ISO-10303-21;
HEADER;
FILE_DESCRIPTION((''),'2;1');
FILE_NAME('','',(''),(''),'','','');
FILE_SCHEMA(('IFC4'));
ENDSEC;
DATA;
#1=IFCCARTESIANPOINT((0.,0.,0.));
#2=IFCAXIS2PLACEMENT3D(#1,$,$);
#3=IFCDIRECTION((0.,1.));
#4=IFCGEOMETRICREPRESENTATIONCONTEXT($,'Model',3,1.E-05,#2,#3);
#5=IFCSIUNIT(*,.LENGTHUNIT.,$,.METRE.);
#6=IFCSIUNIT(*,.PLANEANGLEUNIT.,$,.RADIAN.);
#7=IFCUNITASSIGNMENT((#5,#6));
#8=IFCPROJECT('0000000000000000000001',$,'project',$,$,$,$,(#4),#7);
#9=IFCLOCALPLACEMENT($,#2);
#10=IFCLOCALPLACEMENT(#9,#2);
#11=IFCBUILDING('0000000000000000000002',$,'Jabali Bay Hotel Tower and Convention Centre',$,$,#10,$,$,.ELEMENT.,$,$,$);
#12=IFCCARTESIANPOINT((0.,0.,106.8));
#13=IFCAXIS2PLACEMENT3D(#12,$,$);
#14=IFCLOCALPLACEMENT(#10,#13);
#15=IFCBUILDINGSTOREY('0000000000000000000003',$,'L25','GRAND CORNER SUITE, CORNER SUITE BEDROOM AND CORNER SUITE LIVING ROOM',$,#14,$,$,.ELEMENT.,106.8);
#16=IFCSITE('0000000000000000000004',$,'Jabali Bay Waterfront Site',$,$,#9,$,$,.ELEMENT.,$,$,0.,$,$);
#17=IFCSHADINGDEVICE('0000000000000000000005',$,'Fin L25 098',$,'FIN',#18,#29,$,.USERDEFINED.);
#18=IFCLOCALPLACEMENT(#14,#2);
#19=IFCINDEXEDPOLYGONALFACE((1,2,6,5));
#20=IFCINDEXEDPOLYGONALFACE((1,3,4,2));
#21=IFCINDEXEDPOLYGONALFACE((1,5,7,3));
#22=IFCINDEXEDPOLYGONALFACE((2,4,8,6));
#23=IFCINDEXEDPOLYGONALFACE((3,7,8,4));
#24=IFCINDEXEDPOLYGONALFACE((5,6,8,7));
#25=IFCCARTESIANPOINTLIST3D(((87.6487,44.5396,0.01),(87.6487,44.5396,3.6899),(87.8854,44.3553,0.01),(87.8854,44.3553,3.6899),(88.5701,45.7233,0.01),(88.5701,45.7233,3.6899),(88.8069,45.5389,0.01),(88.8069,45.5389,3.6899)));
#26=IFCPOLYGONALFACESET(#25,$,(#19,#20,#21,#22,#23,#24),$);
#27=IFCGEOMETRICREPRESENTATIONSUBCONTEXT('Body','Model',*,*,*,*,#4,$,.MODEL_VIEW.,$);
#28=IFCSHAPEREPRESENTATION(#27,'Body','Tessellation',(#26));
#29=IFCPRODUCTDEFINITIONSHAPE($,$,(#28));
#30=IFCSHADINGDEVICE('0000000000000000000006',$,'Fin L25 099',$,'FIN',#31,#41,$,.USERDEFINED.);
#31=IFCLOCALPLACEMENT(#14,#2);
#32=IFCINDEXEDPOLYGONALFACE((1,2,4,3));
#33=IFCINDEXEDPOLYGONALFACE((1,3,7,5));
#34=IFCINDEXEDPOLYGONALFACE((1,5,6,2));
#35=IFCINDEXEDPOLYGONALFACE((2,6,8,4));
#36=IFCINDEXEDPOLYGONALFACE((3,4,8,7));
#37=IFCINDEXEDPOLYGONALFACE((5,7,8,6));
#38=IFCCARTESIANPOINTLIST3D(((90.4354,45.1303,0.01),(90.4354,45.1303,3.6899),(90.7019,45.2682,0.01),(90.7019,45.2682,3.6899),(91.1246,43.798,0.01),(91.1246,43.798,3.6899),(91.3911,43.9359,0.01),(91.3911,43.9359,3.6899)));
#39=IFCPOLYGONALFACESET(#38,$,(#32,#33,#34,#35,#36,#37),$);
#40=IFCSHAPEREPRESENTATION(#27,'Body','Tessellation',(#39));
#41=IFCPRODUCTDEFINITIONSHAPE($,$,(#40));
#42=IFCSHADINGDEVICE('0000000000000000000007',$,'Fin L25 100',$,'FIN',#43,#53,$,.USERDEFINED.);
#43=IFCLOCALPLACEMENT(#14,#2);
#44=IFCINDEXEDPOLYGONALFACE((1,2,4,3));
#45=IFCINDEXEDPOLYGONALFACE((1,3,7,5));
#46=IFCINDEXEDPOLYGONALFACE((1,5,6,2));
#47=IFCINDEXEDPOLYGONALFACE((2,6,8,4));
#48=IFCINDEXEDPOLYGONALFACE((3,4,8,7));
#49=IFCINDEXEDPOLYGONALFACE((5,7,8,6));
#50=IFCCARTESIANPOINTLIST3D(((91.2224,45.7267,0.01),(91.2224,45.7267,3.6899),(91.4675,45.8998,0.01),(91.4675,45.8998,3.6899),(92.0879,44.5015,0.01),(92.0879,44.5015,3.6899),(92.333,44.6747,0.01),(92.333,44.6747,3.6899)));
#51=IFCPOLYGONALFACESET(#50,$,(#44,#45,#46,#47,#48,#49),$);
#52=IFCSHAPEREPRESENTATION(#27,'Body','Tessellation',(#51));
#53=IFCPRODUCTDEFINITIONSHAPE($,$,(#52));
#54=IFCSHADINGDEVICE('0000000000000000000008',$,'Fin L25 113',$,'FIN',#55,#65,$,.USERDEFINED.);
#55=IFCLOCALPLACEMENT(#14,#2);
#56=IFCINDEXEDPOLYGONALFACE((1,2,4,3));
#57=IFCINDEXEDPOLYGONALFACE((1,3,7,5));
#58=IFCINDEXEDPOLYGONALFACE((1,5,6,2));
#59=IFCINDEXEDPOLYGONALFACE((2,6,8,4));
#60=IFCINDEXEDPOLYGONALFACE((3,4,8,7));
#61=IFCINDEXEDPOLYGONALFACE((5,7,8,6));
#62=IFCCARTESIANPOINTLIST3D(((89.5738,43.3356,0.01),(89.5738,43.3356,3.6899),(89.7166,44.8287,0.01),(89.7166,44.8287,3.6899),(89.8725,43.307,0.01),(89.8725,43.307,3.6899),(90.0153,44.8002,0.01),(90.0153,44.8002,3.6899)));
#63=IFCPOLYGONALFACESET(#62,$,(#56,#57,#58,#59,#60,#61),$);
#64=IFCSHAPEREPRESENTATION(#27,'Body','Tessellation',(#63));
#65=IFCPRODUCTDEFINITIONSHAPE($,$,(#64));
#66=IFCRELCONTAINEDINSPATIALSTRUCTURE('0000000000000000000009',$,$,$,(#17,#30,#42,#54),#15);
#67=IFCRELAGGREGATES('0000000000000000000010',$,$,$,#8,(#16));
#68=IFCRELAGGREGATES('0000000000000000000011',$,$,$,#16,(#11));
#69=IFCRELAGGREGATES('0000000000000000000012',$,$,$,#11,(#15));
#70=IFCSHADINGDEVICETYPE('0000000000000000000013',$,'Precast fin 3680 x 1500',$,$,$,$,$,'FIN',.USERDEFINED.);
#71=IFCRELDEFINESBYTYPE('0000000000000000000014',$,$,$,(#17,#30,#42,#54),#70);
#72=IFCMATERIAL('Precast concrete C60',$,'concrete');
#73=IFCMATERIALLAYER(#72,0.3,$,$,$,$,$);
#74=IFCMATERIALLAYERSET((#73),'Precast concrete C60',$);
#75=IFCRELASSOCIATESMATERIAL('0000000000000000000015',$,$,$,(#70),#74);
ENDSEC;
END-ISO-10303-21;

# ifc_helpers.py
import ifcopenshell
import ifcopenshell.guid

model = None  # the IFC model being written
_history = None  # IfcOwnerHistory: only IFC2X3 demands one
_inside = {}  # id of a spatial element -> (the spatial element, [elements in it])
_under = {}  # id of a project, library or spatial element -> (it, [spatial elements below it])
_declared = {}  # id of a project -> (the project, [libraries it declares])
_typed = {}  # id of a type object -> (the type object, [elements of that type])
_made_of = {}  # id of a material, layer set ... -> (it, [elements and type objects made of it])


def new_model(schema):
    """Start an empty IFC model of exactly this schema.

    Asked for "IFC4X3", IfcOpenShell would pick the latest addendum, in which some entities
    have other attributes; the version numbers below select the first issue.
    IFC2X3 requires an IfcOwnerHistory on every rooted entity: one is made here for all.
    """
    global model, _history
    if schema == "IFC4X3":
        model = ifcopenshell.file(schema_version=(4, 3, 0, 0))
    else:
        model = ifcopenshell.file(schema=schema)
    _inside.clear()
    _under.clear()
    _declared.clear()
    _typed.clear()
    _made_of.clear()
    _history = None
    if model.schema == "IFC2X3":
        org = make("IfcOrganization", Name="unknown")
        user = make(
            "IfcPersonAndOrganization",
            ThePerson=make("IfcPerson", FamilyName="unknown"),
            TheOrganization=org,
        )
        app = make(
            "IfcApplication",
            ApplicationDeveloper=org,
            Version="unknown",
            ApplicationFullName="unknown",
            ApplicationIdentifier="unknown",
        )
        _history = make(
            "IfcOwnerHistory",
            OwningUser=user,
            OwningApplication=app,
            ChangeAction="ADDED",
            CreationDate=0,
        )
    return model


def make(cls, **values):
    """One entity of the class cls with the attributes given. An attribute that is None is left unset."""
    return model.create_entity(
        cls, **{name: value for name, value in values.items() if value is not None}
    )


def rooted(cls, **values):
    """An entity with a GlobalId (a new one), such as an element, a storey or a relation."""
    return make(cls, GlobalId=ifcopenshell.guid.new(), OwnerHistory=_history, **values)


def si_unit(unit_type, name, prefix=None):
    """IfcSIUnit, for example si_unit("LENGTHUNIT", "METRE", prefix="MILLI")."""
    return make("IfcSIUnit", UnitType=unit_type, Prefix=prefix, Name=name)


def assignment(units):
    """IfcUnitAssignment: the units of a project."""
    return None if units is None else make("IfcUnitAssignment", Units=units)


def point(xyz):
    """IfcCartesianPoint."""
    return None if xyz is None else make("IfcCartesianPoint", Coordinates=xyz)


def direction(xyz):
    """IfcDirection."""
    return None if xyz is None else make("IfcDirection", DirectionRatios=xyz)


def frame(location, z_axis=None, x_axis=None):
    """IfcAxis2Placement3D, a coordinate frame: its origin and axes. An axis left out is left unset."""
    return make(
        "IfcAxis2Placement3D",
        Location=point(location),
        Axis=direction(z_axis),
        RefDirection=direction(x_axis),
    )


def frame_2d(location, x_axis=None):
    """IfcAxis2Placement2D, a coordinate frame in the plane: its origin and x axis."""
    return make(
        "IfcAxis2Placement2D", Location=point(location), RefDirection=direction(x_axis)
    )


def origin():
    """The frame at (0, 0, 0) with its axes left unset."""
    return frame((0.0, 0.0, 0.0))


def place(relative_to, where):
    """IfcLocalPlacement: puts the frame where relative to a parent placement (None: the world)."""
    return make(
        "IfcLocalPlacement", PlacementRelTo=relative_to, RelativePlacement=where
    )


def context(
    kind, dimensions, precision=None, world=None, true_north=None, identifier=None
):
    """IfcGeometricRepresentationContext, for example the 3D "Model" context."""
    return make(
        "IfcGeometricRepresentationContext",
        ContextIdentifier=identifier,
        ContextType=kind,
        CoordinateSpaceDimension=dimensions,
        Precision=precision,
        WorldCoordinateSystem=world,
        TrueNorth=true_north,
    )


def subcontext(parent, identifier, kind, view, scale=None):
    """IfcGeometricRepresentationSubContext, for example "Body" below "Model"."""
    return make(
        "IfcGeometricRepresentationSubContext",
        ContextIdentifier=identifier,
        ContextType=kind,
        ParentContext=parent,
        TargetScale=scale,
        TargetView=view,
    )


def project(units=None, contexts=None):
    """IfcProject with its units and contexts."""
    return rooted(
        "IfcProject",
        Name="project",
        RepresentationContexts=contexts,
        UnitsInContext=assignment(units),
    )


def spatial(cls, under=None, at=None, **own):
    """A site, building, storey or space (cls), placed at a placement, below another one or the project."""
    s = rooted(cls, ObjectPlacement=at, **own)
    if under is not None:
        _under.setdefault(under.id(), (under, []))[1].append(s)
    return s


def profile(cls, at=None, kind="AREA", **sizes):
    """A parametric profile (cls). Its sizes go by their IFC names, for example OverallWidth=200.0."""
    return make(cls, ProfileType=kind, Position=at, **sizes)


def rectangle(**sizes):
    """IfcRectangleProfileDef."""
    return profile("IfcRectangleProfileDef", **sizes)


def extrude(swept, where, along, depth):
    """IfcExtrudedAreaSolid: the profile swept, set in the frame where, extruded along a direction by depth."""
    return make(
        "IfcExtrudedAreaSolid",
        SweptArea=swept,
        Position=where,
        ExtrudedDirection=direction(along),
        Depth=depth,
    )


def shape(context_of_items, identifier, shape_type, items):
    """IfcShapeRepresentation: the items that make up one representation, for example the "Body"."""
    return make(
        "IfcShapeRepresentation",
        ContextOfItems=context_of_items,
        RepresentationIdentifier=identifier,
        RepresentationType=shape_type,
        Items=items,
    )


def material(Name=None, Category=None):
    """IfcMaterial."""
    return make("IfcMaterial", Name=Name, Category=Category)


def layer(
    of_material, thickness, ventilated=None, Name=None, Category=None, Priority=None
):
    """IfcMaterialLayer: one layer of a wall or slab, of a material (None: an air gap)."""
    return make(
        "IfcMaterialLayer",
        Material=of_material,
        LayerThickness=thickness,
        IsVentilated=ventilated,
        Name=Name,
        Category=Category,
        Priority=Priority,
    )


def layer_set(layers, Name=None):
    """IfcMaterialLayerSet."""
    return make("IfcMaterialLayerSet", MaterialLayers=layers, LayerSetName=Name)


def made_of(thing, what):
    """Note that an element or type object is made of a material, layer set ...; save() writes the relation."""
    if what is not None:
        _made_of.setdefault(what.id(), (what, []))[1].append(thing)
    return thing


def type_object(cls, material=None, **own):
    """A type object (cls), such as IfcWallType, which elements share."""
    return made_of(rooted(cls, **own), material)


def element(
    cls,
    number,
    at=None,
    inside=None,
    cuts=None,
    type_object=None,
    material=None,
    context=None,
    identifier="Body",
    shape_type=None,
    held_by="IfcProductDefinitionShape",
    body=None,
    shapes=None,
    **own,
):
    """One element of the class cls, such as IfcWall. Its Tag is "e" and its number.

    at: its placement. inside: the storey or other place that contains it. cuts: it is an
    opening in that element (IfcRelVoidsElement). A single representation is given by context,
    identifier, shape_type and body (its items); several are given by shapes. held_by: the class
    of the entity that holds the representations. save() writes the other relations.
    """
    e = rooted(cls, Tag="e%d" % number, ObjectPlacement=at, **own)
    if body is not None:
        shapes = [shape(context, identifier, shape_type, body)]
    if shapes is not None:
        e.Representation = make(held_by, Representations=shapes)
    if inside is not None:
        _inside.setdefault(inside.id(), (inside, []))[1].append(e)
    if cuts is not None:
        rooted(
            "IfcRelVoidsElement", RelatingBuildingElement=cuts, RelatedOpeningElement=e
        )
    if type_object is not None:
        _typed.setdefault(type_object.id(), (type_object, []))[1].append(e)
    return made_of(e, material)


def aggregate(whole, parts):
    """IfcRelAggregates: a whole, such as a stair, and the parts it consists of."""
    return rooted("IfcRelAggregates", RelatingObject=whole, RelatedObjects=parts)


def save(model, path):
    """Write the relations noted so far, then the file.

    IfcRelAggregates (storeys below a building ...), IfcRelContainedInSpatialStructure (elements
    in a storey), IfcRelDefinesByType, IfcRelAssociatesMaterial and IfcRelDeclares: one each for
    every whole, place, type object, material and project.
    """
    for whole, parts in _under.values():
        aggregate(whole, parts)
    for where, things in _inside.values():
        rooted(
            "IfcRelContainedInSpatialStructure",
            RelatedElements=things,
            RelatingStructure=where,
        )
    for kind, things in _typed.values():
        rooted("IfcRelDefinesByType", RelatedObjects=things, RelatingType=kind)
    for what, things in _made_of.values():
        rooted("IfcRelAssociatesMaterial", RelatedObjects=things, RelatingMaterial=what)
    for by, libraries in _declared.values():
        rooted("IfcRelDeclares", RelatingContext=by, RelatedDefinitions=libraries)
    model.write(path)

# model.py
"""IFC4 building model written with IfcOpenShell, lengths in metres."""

from ifc_helpers import new_model, si_unit, direction, frame, frame_2d, origin, place, context, subcontext, project, spatial, rectangle, extrude, material, layer, layer_set, type_object, element, save


model = new_model("IFC4")

# Units and contexts
model_context = context("Model", 3, precision=1e-05, world=origin(), true_north=direction((0.0, 1.0)))
body_context = subcontext(model_context, "Body", "Model", "MODEL_VIEW")
ifc_project = project(units=[si_unit("LENGTHUNIT", "METRE"), si_unit("PLANEANGLEUNIT", "RADIAN")], contexts=[model_context])

# Site, building, storey
site_placement = place(None, origin())
site = spatial("IfcSite", under=ifc_project, at=site_placement, Name="Jabali Bay Waterfront Site", CompositionType="ELEMENT", RefElevation=0.0)
building_placement = place(site_placement, origin())
building = spatial("IfcBuilding", under=site, at=building_placement, Name="Jabali Bay Hotel Tower and Convention Centre", CompositionType="ELEMENT")
storey_placement = place(building_placement, frame((0.0, 0.0, 106.8)))
storey = spatial("IfcBuildingStorey", under=building, at=storey_placement, Name="L25", Description="GRAND CORNER SUITE, CORNER SUITE BEDROOM AND CORNER SUITE LIVING ROOM", CompositionType="ELEMENT", Elevation=106.8)

# Shading devices
ifc_material_1 = material(Name="Precast concrete C60", Category="concrete")
ifc_layer_1 = layer(ifc_material_1, 0.3)
ifc_layer_set_1 = layer_set([ifc_layer_1], Name="Precast concrete C60")
shading_device_type_1 = type_object("IfcShadingDeviceType", Name="Precast fin 3680 x 1500", ElementType="FIN", PredefinedType="USERDEFINED", material=ifc_layer_set_1)
for number, where, z_axis, x_axis, name in (
    (1, (88.6885, 45.6311, 0.01), (0.0, 0.0, 1.0), (-0.614279, -0.789089, 0.0), "Fin L25 098"),
    (2, (90.5686, 45.1992, 0.01), (0.0, 0.0, 1.0), (0.459476, -0.88819, 0.0), "Fin L25 099"),
    (3, (91.345, 45.8132, 0.01), (0.0, 0.0, 1.0), (0.576996, -0.816747, 0.0), "Fin L25 100"),
    (4, (89.866, 44.8145, 0.01), (0.0, 0.0, 1.0), (-0.095216, -0.995457, 0.0), "Fin L25 113"),
):
    element("IfcShadingDevice", number, at=place(storey_placement, frame(where, z_axis=z_axis, x_axis=x_axis)), inside=storey, type_object=shading_device_type_1, Name=name, ObjectType="FIN", PredefinedType="USERDEFINED", context=body_context, shape_type="SweptSolid", body=[
        extrude(rectangle(XDim=1.5, YDim=0.3, at=frame_2d((0.75, 0.0))), origin(), (0.0, 0.0, 1.0), 3.6799),
    ])

save(model, "model.ifc")
